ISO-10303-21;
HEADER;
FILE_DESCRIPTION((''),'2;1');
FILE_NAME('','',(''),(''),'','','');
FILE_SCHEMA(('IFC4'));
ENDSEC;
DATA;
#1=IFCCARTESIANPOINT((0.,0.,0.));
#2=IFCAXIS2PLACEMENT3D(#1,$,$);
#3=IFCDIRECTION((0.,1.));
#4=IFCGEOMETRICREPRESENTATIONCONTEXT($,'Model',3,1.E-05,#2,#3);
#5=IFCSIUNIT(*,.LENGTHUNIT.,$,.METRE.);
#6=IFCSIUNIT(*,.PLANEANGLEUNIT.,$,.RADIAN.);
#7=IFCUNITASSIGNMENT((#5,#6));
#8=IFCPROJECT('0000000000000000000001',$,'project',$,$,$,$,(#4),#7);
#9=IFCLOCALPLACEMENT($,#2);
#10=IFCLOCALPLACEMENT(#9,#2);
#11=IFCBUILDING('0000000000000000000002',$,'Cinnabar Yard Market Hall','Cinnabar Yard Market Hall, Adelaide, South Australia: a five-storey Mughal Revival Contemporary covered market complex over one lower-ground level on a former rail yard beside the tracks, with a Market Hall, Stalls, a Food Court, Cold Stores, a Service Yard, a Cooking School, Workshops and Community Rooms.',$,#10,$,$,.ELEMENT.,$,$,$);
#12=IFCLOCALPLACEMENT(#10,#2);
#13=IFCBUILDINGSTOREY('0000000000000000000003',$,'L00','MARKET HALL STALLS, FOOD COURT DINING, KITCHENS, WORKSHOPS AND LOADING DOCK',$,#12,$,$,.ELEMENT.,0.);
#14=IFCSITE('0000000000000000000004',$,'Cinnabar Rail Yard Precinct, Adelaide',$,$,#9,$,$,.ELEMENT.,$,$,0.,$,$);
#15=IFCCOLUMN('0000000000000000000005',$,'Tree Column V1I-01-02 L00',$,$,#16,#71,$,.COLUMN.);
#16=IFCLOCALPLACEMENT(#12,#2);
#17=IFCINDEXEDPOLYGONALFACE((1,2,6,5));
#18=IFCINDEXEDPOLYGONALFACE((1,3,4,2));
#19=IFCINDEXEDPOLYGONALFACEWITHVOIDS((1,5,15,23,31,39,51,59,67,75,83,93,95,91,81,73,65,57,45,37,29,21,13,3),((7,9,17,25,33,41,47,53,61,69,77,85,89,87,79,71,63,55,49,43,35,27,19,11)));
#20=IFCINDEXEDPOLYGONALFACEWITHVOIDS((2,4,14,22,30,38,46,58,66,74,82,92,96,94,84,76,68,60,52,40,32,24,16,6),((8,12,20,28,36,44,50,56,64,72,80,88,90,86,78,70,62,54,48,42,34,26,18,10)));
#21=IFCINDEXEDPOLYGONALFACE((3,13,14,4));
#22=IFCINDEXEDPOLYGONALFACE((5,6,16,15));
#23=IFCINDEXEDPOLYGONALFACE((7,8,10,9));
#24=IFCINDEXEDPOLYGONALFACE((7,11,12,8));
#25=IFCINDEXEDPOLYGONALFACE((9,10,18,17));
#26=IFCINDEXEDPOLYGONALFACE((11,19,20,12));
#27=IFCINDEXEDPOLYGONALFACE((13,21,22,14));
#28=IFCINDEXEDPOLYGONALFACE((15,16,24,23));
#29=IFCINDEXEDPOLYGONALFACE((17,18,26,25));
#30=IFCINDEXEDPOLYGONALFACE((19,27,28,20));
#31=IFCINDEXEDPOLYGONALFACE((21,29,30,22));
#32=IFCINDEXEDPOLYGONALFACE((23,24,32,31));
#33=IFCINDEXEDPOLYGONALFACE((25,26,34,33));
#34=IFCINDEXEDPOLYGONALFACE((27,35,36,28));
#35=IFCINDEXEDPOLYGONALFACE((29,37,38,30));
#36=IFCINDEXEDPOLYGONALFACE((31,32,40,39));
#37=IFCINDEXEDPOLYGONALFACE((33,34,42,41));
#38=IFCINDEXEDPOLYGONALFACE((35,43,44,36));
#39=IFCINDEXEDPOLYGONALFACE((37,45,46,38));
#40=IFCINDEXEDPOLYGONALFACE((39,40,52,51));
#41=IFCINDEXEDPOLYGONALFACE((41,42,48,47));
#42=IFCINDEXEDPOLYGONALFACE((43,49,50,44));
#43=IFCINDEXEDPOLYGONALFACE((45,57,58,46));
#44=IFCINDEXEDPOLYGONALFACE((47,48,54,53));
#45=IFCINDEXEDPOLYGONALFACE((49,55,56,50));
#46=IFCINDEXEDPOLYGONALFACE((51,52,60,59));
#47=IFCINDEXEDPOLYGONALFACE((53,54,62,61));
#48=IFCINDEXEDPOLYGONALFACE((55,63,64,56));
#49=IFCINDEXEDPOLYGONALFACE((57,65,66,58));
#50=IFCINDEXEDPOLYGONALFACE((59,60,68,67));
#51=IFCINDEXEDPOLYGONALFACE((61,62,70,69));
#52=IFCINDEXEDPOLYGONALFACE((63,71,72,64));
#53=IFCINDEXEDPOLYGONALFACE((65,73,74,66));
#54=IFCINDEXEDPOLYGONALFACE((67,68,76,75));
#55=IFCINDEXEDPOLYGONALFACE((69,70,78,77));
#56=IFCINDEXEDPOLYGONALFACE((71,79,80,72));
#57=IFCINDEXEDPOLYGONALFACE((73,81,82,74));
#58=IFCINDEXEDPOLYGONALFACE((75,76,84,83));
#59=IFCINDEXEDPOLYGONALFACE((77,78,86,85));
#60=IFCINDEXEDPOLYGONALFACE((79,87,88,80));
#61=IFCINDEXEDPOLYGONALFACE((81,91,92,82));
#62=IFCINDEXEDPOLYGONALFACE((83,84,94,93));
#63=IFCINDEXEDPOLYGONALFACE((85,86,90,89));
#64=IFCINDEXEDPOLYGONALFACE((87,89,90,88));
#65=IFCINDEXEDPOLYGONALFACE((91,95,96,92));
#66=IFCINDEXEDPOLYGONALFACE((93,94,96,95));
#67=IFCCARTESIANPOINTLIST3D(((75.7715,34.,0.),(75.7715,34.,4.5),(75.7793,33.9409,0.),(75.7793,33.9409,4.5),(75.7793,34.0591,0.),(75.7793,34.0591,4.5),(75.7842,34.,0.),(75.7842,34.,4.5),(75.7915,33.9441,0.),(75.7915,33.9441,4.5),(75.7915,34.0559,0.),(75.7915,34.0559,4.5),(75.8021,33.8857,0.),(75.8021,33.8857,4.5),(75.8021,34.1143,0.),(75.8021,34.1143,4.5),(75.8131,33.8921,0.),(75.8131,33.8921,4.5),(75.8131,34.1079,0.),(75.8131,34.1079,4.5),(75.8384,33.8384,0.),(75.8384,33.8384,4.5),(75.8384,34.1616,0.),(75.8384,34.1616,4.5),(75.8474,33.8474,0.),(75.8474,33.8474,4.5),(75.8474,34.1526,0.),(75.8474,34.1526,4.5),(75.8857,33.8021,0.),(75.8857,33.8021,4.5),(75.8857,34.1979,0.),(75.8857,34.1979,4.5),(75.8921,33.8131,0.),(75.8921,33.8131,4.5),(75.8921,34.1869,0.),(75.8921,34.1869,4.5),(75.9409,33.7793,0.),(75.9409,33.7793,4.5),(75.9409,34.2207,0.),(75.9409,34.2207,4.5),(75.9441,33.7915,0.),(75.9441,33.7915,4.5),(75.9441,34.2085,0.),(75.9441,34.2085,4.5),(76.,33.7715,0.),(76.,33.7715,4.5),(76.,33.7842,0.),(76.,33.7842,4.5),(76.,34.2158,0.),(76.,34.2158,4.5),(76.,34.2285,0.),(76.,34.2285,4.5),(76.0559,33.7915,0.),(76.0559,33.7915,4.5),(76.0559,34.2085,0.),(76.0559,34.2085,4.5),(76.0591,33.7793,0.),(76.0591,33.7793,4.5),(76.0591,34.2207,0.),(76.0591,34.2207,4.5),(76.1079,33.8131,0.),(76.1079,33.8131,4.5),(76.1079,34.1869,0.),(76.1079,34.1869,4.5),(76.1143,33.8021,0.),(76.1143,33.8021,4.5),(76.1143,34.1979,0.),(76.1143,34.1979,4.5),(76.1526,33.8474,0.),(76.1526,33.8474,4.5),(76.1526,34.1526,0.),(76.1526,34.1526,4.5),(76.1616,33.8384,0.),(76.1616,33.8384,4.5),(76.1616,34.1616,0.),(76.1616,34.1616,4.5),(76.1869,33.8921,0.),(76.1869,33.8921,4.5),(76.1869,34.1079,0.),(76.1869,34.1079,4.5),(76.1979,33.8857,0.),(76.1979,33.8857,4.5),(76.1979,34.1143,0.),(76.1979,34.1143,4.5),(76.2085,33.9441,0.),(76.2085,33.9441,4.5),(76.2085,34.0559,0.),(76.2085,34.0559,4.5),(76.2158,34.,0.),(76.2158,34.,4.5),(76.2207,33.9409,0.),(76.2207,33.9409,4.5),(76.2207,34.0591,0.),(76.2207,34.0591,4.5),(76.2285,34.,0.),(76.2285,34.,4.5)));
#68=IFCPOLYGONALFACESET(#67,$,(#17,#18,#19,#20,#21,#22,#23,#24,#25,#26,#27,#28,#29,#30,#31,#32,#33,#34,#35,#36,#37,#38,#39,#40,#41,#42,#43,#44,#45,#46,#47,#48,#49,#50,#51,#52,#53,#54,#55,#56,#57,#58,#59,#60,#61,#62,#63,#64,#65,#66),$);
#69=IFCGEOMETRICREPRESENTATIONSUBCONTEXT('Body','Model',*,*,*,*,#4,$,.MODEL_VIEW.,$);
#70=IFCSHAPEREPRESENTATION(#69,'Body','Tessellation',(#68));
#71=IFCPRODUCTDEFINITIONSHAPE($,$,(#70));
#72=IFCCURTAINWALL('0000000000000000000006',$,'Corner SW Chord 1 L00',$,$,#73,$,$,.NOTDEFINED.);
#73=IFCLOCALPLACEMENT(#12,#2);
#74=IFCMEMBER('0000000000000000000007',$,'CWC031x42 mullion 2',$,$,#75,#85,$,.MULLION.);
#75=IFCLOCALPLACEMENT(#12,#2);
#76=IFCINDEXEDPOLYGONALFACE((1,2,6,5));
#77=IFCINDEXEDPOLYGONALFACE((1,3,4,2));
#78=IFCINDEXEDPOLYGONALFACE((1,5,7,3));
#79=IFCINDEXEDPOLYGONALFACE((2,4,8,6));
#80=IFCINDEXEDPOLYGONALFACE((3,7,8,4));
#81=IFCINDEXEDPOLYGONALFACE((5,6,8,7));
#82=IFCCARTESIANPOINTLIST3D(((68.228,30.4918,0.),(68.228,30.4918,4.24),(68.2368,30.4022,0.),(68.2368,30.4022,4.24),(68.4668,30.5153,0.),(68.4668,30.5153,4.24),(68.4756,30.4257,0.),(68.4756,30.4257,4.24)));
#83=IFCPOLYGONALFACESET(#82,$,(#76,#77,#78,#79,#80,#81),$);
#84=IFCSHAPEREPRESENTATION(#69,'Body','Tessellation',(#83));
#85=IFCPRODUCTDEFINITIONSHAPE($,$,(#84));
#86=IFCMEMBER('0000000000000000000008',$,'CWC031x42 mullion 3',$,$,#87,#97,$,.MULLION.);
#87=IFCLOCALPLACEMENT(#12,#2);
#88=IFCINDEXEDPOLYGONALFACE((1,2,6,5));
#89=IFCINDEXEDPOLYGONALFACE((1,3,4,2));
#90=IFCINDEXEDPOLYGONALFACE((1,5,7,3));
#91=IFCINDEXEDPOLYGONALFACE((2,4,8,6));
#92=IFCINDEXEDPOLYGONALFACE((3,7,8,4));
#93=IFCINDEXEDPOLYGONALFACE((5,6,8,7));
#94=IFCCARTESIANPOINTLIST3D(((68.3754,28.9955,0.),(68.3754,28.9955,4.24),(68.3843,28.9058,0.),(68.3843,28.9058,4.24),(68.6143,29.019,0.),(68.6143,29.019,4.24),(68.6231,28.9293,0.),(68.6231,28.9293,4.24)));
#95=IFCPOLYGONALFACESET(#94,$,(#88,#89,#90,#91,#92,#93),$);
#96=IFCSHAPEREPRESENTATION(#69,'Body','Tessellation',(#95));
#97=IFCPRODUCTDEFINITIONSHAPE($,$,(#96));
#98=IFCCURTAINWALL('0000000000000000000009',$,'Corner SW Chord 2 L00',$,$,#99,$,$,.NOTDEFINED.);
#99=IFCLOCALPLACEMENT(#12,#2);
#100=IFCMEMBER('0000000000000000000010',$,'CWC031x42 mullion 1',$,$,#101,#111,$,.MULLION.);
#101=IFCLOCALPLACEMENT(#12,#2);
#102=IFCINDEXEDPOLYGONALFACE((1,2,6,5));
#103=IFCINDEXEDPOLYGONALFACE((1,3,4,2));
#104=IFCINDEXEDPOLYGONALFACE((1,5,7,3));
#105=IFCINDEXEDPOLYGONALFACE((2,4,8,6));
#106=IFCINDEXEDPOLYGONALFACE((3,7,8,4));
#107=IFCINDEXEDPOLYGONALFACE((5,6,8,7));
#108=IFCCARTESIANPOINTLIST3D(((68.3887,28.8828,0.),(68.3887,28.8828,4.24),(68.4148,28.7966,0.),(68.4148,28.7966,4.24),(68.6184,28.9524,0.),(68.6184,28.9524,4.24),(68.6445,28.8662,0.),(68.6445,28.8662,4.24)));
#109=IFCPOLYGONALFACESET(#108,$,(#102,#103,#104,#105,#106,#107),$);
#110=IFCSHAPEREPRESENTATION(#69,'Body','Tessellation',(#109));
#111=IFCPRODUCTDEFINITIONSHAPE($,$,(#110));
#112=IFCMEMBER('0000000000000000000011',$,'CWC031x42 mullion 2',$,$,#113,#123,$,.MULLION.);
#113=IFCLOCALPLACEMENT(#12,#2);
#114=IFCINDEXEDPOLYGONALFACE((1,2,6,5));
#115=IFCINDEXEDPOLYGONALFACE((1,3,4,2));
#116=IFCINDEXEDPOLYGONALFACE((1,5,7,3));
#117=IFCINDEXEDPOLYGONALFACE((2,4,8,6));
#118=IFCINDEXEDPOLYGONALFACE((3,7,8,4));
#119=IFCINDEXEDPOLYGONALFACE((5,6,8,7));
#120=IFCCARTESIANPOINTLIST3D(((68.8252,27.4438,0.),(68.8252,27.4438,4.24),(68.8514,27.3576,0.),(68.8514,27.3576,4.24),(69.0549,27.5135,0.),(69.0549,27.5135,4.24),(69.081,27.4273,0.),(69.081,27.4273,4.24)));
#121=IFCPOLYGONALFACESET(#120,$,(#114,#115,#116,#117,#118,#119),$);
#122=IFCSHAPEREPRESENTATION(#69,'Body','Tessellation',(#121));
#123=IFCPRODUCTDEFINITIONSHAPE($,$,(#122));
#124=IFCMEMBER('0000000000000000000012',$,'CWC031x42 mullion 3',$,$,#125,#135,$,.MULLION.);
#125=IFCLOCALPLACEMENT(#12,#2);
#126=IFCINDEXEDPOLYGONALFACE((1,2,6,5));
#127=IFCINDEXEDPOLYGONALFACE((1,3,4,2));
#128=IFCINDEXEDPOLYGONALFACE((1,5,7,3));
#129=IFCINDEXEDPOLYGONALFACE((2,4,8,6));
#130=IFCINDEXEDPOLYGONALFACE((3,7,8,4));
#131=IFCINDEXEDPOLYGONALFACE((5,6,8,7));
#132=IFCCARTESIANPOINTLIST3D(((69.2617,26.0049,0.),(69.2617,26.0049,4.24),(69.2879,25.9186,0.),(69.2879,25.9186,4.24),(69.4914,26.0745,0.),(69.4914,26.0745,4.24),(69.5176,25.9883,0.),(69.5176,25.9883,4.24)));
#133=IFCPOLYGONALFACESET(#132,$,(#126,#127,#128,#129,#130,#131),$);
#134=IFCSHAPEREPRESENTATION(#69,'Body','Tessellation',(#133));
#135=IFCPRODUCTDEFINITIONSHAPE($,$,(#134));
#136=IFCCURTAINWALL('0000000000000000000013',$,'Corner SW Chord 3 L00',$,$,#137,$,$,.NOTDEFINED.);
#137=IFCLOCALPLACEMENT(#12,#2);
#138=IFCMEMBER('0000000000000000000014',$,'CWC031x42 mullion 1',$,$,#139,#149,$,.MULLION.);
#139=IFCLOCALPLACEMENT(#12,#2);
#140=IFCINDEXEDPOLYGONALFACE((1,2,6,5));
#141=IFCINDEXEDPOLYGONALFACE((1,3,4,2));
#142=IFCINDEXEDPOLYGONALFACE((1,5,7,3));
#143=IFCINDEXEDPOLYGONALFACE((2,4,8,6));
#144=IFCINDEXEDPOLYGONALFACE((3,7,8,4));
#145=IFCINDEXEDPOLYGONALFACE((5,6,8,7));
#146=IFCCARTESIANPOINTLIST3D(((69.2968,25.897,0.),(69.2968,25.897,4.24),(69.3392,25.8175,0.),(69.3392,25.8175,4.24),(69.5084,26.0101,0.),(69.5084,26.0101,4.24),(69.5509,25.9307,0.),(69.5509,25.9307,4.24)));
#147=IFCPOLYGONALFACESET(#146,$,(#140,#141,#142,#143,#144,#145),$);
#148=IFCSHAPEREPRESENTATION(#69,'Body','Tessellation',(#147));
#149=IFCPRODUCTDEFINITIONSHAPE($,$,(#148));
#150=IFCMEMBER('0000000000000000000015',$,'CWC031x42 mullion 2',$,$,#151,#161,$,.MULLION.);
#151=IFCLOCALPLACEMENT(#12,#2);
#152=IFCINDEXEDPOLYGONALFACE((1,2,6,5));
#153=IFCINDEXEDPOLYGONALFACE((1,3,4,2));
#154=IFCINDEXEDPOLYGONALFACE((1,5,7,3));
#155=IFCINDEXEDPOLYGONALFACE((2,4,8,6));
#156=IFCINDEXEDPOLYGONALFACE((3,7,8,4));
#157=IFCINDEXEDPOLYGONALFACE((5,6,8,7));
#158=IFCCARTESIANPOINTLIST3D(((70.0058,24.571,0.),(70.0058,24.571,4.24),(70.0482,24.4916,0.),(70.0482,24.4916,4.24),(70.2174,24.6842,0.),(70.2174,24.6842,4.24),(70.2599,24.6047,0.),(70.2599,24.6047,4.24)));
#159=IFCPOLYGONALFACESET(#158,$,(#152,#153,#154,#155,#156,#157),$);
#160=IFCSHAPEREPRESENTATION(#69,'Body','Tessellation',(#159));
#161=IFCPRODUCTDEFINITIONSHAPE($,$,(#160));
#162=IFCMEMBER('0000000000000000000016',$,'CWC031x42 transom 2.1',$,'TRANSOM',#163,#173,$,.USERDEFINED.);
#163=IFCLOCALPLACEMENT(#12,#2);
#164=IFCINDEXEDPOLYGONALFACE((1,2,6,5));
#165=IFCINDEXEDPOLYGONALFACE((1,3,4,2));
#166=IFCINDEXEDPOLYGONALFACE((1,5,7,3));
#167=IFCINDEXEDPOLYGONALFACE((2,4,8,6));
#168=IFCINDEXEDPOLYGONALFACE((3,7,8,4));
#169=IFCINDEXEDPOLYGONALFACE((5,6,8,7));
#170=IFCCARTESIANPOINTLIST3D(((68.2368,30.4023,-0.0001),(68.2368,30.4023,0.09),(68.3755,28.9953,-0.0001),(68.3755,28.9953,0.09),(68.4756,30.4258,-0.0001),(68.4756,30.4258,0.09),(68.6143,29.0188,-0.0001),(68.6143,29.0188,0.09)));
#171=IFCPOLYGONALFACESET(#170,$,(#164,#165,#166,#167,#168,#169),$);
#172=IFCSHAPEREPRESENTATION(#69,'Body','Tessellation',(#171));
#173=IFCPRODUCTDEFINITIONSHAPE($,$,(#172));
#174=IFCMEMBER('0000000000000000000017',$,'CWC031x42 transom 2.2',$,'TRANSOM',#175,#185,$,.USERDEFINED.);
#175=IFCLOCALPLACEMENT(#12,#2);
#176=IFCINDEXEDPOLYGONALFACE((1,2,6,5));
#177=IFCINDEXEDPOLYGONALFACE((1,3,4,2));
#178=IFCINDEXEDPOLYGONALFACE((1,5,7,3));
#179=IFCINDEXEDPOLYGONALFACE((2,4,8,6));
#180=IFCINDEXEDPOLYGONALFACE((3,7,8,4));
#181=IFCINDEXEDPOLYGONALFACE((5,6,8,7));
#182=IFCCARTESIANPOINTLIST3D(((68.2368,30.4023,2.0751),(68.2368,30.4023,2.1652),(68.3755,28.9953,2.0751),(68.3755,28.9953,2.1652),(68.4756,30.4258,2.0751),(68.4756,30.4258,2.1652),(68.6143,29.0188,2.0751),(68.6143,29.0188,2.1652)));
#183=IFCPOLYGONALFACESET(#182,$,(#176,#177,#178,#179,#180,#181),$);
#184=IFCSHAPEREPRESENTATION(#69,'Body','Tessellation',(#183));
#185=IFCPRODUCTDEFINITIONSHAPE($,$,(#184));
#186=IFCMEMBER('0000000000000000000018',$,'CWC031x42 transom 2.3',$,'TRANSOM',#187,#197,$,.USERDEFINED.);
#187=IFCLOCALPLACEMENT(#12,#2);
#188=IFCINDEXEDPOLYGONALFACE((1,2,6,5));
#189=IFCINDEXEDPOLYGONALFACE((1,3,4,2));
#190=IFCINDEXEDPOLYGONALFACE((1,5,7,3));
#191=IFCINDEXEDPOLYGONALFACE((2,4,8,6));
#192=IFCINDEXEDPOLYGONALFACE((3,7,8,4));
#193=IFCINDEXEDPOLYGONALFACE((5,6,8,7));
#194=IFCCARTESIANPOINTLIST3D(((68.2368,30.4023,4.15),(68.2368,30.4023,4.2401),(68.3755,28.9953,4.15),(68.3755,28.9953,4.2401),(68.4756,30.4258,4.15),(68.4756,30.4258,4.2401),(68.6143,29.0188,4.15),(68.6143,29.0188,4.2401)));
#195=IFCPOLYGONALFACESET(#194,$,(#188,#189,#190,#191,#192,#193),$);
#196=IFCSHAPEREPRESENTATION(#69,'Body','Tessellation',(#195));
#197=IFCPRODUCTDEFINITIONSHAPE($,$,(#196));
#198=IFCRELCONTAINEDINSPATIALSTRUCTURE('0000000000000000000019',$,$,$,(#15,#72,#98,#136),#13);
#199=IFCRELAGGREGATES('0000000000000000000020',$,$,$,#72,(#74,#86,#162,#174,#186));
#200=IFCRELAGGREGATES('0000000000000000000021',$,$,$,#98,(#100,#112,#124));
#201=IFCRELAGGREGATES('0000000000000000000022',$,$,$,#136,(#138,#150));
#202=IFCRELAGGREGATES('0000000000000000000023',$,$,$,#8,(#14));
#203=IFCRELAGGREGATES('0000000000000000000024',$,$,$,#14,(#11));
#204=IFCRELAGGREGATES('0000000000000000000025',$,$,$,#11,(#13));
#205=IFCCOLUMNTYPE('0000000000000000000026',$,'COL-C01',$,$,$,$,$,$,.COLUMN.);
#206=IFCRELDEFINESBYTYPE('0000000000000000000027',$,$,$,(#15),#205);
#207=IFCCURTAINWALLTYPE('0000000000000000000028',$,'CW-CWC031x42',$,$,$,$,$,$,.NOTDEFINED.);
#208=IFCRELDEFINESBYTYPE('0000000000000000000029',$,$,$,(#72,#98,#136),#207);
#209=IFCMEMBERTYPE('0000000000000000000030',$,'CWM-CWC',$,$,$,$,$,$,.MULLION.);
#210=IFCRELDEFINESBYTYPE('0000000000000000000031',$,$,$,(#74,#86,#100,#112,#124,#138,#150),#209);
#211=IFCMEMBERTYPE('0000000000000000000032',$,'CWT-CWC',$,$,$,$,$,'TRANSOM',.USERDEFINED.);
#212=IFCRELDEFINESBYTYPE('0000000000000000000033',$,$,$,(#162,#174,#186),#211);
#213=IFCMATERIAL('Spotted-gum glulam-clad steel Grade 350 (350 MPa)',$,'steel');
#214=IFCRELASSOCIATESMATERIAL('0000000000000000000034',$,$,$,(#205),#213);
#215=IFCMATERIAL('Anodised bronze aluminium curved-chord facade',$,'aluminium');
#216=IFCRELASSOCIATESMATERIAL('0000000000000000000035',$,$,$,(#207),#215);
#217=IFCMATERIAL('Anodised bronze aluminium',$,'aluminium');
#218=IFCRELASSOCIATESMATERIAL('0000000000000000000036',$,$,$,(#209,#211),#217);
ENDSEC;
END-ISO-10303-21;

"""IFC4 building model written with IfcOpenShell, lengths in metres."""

from ifc_helpers import new_model, si_unit, direction, frame, origin, origin_2d_with_axis, place, context, subcontext, project, spatial, rectangle, hollow_circle, extrude, material, material_profile, profile_set, type_object, element, aggregate, save


model = new_model("IFC4")

# Units and contexts
model_context = context("Model", 3, precision=1e-05, world=origin(), true_north=direction((0.0, 1.0)))
body_context = subcontext(model_context, "Body", "Model", "MODEL_VIEW")
ifc_project = project(units=[si_unit("LENGTHUNIT", "METRE"), si_unit("PLANEANGLEUNIT", "RADIAN")], contexts=[model_context])

# Site, building, storey
site_placement = place(None, origin())
site = spatial("IfcSite", under=ifc_project, at=site_placement, Name="Cinnabar Rail Yard Precinct, Adelaide", CompositionType="ELEMENT", RefElevation=0.0)
building_placement = place(site_placement, origin())
building = spatial("IfcBuilding", under=site, at=building_placement, Name="Cinnabar Yard Market Hall", Description="Cinnabar Yard Market Hall, Adelaide, South Australia: a five-storey Mughal Revival Contemporary covered market complex over one lower-ground level on a former rail yard beside the tracks, with a Market Hall, Stalls, a Food Court, Cold Stores, a Service Yard, a Cooking School, Workshops and Community Rooms.", CompositionType="ELEMENT")
storey_placement = place(building_placement, origin())
storey = spatial("IfcBuildingStorey", under=building, at=storey_placement, Name="L00", Description="MARKET HALL STALLS, FOOD COURT DINING, KITCHENS, WORKSHOPS AND LOADING DOCK", CompositionType="ELEMENT", Elevation=0.0)

# Column
ifc_material_1 = material(Name="Spotted-gum glulam-clad steel Grade 350 (350 MPa)", Category="steel")
ifc_material_profile_1 = material_profile(ifc_material_1, hollow_circle(Radius=0.2285, WallThickness=0.0127, at=origin_2d_with_axis()), Name="457.0x12.7CHS")
ifc_profile_set_1 = profile_set([ifc_material_profile_1], Name="Spotted-gum glulam-clad steel Grade 350 (350 MPa)")
column_type = type_object("IfcColumnType", Name="COL-C01", PredefinedType="COLUMN", material=ifc_profile_set_1)
column_placement = place(storey_placement, frame((76.0, 34.0, 0.0), z_axis=(0.0, 0.0, 1.0), x_axis=(1.0, 0.0, 0.0)))
element("IfcColumn", 1, at=column_placement, inside=storey, type_object=column_type, Name="Tree Column V1I-01-02 L00", PredefinedType="COLUMN", context=body_context, shape_type="SweptSolid", body=[
    extrude(hollow_circle(Radius=0.2285, WallThickness=0.0127, at=origin_2d_with_axis()), origin(), (0.0, 0.0, 1.0), 4.5),
])

# Curtain walls, members
ifc_material_2 = material(Name="Anodised bronze aluminium curved-chord facade", Category="aluminium")
curtain_wall_type = type_object("IfcCurtainWallType", Name="CW-CWC031x42", PredefinedType="NOTDEFINED", material=ifc_material_2)
curtain_wall_1_placement = place(storey_placement, origin())
curtain_wall_1 = element("IfcCurtainWall", 2, at=curtain_wall_1_placement, inside=storey, type_object=curtain_wall_type, Name="Corner SW Chord 1 L00", PredefinedType="NOTDEFINED")
ifc_material_3 = material(Name="Anodised bronze aluminium", Category="aluminium")
ifc_material_profile_2 = material_profile(ifc_material_3, rectangle(XDim=0.24, YDim=0.0901, at=origin_2d_with_axis()), Name="MUL-CWC")
ifc_profile_set_2 = profile_set([ifc_material_profile_2], Name="Anodised bronze aluminium")
member_type_1 = type_object("IfcMemberType", Name="CWM-CWC", PredefinedType="MULLION", material=ifc_profile_set_2)
member_1_placement = place(storey_placement, frame((68.3518, 30.4587, 0.0), z_axis=(0.0, 0.0, 1.0), x_axis=(0.995184, 0.09802, 0.0)))
member_1 = element("IfcMember", 3, at=member_1_placement, type_object=member_type_1, Name="CWC031x42 mullion 2", PredefinedType="MULLION", context=body_context, shape_type="SweptSolid", body=[
    extrude(rectangle(XDim=0.24, YDim=0.0901, at=origin_2d_with_axis()), origin(), (0.0, 0.0, 1.0), 4.24),
])
member_2_placement = place(storey_placement, frame((68.4993, 28.9624, 0.0), z_axis=(0.0, 0.0, 1.0), x_axis=(0.995184, 0.09802, 0.0)))
member_2 = element("IfcMember", 4, at=member_2_placement, type_object=member_type_1, Name="CWC031x42 mullion 3", PredefinedType="MULLION", context=body_context, shape_type="SweptSolid", body=[
    extrude(rectangle(XDim=0.24, YDim=0.0901, at=origin_2d_with_axis()), origin(), (0.0, 0.0, 1.0), 4.24),
])
curtain_wall_2_placement = place(storey_placement, origin())
curtain_wall_2 = element("IfcCurtainWall", 5, at=curtain_wall_2_placement, inside=storey, type_object=curtain_wall_type, Name="Corner SW Chord 2 L00", PredefinedType="NOTDEFINED")
member_3_placement = place(storey_placement, frame((68.5166, 28.8745, 0.0), z_axis=(0.0, 0.0, 1.0), x_axis=(0.956942, 0.290279, 0.0)))
member_3 = element("IfcMember", 6, at=member_3_placement, type_object=member_type_1, Name="CWC031x42 mullion 1", PredefinedType="MULLION", context=body_context, shape_type="SweptSolid", body=[
    extrude(rectangle(XDim=0.24, YDim=0.0901, at=origin_2d_with_axis()), origin(), (0.0, 0.0, 1.0), 4.24),
])
member_4_placement = place(storey_placement, frame((68.9531, 27.4355, 0.0), z_axis=(0.0, 0.0, 1.0), x_axis=(0.956942, 0.290279, 0.0)))
member_4 = element("IfcMember", 7, at=member_4_placement, type_object=member_type_1, Name="CWC031x42 mullion 2", PredefinedType="MULLION", context=body_context, shape_type="SweptSolid", body=[
    extrude(rectangle(XDim=0.24, YDim=0.0901, at=origin_2d_with_axis()), origin(), (0.0, 0.0, 1.0), 4.24),
])
member_5_placement = place(storey_placement, frame((69.3896, 25.9966, 0.0), z_axis=(0.0, 0.0, 1.0), x_axis=(0.956942, 0.290279, 0.0)))
member_5 = element("IfcMember", 8, at=member_5_placement, type_object=member_type_1, Name="CWC031x42 mullion 3", PredefinedType="MULLION", context=body_context, shape_type="SweptSolid", body=[
    extrude(rectangle(XDim=0.24, YDim=0.0901, at=origin_2d_with_axis()), origin(), (0.0, 0.0, 1.0), 4.24),
])
curtain_wall_3_placement = place(storey_placement, origin())
curtain_wall_3 = element("IfcCurtainWall", 9, at=curtain_wall_3_placement, inside=storey, type_object=curtain_wall_type, Name="Corner SW Chord 3 L00", PredefinedType="NOTDEFINED")
member_6_placement = place(storey_placement, frame((69.4238, 25.9138, 0.0), z_axis=(0.0, 0.0, 1.0), x_axis=(0.881917, 0.471404, 0.0)))
member_6 = element("IfcMember", 10, at=member_6_placement, type_object=member_type_1, Name="CWC031x42 mullion 1", PredefinedType="MULLION", context=body_context, shape_type="SweptSolid", body=[
    extrude(rectangle(XDim=0.24, YDim=0.0901, at=origin_2d_with_axis()), origin(), (0.0, 0.0, 1.0), 4.24),
])
member_7_placement = place(storey_placement, frame((70.1328, 24.5879, 0.0), z_axis=(0.0, 0.0, 1.0), x_axis=(0.881917, 0.471404, 0.0)))
member_7 = element("IfcMember", 11, at=member_7_placement, type_object=member_type_1, Name="CWC031x42 mullion 2", PredefinedType="MULLION", context=body_context, shape_type="SweptSolid", body=[
    extrude(rectangle(XDim=0.24, YDim=0.0901, at=origin_2d_with_axis()), origin(), (0.0, 0.0, 1.0), 4.24),
])

# Members
ifc_material_profile_3 = material_profile(ifc_material_3, rectangle(XDim=0.24, YDim=0.0901, at=origin_2d_with_axis()), Name="TRN-CWC")
ifc_profile_set_3 = profile_set([ifc_material_profile_3], Name="Anodised bronze aluminium")
member_type_2 = type_object("IfcMemberType", Name="CWT-CWC", ElementType="TRANSOM", PredefinedType="USERDEFINED", material=ifc_profile_set_3)
member_8_placement = place(storey_placement, frame((68.3562, 30.4141, 0.0449), z_axis=(0.098085, -0.995178, 0.0), x_axis=(0.995178, 0.098085, 0.0)))
member_8 = element("IfcMember", 12, at=member_8_placement, type_object=member_type_2, Name="CWC031x42 transom 2.1", ObjectType="TRANSOM", PredefinedType="USERDEFINED", context=body_context, shape_type="SweptSolid", body=[
    extrude(rectangle(XDim=0.24, YDim=0.0901, at=origin_2d_with_axis()), origin(), (0.0, 0.0, 1.0), 1.4138),
])
member_9_placement = place(storey_placement, frame((68.3562, 30.4141, 2.1201), z_axis=(0.098085, -0.995178, 0.0), x_axis=(0.995178, 0.098085, 0.0)))
member_9 = element("IfcMember", 13, at=member_9_placement, type_object=member_type_2, Name="CWC031x42 transom 2.2", ObjectType="TRANSOM", PredefinedType="USERDEFINED", context=body_context, shape_type="SweptSolid", body=[
    extrude(rectangle(XDim=0.24, YDim=0.0901, at=origin_2d_with_axis()), origin(), (0.0, 0.0, 1.0), 1.4138),
])
member_10_placement = place(storey_placement, frame((68.3562, 30.4141, 4.1951), z_axis=(0.098085, -0.995178, 0.0), x_axis=(0.995178, 0.098085, 0.0)))
member_10 = element("IfcMember", 14, at=member_10_placement, type_object=member_type_2, Name="CWC031x42 transom 2.3", ObjectType="TRANSOM", PredefinedType="USERDEFINED", context=body_context, shape_type="SweptSolid", body=[
    extrude(rectangle(XDim=0.24, YDim=0.0901, at=origin_2d_with_axis()), origin(), (0.0, 0.0, 1.0), 1.4138),
])

aggregate(curtain_wall_1, [member_1, member_2, member_8, member_9, member_10])
aggregate(curtain_wall_2, [member_3, member_4, member_5])
aggregate(curtain_wall_3, [member_6, member_7])

save(model, "model.ifc")
